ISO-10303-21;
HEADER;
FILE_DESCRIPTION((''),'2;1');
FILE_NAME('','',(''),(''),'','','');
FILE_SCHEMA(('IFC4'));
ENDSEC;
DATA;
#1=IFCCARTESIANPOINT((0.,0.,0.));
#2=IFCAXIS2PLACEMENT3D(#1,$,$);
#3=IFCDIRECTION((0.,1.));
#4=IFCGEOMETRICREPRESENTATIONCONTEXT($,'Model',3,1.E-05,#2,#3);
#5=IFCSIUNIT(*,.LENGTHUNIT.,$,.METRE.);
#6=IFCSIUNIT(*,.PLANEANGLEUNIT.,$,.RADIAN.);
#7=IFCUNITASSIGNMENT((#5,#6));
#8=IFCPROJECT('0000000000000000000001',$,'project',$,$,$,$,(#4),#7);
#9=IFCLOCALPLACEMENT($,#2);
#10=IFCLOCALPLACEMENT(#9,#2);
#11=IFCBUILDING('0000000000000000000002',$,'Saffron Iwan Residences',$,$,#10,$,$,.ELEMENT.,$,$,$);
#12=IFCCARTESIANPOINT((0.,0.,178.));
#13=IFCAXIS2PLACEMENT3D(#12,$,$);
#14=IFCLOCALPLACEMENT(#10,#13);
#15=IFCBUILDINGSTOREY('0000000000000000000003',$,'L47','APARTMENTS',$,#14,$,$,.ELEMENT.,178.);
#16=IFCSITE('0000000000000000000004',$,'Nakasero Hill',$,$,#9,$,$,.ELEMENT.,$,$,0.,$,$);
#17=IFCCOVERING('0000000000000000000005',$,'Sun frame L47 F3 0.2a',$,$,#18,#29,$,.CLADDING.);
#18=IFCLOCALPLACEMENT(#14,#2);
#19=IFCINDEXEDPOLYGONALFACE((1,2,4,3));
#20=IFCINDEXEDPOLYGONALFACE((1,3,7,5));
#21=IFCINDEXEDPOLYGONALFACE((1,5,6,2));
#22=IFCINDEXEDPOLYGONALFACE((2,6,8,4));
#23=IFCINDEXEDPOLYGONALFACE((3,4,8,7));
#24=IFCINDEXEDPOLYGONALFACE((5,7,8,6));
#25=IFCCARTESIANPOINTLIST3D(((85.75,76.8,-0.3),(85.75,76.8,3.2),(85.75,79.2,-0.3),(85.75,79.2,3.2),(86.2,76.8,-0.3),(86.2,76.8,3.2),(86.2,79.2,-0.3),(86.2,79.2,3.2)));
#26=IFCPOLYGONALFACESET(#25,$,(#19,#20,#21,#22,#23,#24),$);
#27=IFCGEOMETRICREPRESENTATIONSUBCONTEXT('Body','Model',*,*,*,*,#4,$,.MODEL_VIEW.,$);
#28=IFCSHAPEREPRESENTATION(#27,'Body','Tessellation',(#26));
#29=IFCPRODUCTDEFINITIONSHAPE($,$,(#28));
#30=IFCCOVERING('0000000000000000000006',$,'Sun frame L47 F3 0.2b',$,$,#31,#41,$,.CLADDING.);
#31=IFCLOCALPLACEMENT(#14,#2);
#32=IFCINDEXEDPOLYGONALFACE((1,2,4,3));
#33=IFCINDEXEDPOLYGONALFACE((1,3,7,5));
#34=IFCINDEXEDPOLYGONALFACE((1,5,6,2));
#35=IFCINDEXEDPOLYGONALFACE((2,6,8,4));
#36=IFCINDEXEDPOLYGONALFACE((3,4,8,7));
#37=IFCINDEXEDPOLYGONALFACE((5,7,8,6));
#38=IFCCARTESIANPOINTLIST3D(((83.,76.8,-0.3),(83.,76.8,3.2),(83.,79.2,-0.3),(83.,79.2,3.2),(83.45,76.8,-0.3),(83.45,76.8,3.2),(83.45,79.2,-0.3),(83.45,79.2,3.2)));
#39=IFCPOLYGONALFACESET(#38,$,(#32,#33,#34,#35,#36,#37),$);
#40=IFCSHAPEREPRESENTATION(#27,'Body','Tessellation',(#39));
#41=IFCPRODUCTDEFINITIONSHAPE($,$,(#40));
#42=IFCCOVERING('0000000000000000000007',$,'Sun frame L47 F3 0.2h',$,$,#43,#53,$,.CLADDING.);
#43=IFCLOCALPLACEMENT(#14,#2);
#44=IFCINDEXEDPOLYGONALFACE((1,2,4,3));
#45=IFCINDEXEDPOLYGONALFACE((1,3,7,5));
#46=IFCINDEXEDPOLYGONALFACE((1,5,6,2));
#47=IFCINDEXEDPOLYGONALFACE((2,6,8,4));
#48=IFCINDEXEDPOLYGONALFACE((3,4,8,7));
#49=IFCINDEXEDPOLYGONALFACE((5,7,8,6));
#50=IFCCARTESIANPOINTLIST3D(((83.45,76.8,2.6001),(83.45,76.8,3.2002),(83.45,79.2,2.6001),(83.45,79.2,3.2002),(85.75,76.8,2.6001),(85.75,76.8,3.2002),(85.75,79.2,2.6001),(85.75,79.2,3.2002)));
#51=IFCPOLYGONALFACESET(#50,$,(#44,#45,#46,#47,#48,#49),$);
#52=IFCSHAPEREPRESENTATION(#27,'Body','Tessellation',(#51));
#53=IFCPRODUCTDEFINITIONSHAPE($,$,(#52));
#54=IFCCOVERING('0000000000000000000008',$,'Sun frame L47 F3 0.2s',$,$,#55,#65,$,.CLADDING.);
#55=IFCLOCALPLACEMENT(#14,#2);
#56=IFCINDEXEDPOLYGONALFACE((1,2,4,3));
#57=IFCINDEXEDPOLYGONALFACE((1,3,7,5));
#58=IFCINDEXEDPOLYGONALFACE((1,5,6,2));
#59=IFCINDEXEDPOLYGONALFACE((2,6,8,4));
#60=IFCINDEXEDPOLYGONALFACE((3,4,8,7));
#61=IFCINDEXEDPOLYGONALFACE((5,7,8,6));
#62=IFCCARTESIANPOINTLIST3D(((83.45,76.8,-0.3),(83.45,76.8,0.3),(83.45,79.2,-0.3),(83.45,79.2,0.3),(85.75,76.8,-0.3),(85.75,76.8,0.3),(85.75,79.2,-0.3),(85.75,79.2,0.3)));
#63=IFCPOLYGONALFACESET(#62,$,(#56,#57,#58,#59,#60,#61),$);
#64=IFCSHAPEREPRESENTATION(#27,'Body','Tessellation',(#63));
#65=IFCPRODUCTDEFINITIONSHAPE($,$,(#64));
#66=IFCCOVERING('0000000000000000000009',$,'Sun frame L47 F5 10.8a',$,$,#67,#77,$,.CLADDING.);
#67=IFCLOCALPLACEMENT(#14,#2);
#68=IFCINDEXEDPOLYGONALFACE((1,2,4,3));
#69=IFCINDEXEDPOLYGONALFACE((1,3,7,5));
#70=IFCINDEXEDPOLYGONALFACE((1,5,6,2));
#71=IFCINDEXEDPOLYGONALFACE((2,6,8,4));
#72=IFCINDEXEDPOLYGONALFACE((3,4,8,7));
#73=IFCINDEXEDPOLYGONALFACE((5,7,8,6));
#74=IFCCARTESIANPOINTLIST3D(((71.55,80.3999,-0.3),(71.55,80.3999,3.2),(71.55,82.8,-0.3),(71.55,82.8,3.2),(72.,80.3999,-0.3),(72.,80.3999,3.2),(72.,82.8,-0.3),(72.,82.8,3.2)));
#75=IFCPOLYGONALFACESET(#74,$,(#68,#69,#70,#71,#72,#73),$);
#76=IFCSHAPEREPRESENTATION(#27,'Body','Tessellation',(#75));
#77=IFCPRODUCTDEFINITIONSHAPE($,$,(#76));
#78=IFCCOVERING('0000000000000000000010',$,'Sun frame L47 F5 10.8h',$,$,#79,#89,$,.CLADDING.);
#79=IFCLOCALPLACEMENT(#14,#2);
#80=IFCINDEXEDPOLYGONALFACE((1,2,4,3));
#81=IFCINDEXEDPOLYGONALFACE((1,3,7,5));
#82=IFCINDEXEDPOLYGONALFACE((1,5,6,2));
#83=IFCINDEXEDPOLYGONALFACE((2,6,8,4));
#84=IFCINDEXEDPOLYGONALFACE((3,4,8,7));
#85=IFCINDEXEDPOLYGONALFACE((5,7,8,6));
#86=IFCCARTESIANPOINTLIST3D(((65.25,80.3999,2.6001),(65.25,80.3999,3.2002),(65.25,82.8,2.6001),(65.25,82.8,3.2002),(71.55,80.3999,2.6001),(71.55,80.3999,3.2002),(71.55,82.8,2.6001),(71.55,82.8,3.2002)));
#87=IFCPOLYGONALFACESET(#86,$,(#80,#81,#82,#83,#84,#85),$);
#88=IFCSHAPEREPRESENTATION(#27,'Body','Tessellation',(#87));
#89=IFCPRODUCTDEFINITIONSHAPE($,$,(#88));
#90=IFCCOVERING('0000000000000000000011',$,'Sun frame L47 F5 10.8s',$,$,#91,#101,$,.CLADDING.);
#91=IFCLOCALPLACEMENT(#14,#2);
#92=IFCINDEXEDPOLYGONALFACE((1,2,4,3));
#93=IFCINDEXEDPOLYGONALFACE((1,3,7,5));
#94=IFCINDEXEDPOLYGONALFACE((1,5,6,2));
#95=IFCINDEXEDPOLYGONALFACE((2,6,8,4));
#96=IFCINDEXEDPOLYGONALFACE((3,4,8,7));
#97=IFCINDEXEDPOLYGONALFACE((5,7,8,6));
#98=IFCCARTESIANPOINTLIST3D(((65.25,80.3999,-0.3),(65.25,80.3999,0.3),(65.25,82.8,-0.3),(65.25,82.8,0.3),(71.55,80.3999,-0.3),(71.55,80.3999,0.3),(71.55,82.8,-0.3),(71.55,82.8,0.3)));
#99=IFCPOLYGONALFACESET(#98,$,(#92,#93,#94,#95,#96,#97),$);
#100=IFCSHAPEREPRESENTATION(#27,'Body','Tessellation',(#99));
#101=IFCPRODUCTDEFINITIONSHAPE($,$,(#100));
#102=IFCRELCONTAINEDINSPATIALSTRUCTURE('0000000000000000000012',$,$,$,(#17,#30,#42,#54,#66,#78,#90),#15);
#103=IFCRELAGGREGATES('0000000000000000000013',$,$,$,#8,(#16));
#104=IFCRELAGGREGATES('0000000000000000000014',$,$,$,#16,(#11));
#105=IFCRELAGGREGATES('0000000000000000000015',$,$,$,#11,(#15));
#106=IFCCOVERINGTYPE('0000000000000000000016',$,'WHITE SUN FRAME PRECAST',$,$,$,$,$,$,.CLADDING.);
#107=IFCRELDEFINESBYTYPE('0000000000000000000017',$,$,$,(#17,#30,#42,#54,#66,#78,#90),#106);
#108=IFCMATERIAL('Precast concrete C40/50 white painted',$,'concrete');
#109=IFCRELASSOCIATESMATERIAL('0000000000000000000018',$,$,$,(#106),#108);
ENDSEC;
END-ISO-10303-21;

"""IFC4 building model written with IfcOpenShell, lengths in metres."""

from ifc_helpers import new_model, si_unit, direction, frame, origin, place, context, subcontext, project, spatial, polyline, outline, extrude, material, type_object, element, save


model = new_model("IFC4")

# Units and contexts
model_context = context("Model", 3, precision=1e-05, world=origin(), true_north=direction((0.0, 1.0)))
body_context = subcontext(model_context, "Body", "Model", "MODEL_VIEW")
ifc_project = project(units=[si_unit("LENGTHUNIT", "METRE"), si_unit("PLANEANGLEUNIT", "RADIAN")], contexts=[model_context])

# Site, building, storey
site_placement = place(None, origin())
site = spatial("IfcSite", under=ifc_project, at=site_placement, Name="Nakasero Hill", CompositionType="ELEMENT", RefElevation=0.0)
building_placement = place(site_placement, origin())
building = spatial("IfcBuilding", under=site, at=building_placement, Name="Saffron Iwan Residences", CompositionType="ELEMENT")
storey_placement = place(building_placement, frame((0.0, 0.0, 178.0)))
storey = spatial("IfcBuildingStorey", under=building, at=storey_placement, Name="L47", Description="APARTMENTS", CompositionType="ELEMENT", Elevation=178.0)

# Coverings
ifc_material_1 = material(Name="Precast concrete C40/50 white painted", Category="concrete")
covering_type_1 = type_object("IfcCoveringType", Name="WHITE SUN FRAME PRECAST", PredefinedType="CLADDING", material=ifc_material_1)
for number, where, z_axis, x_axis, name in (
    (1, (86.2, 76.8, -0.3), (0.0, 1.0, 0.0), (-1.0, 0.0, 0.0), "Sun frame L47 F3 0.2a"),
    (2, (83.45, 76.8, -0.3), (0.0, 1.0, 0.0), (-1.0, 0.0, 0.0), "Sun frame L47 F3 0.2b"),
):
    element("IfcCovering", number, at=place(storey_placement, frame(where, z_axis=z_axis, x_axis=x_axis)), inside=storey, type_object=covering_type_1, Name=name, PredefinedType="CLADDING", context=body_context, shape_type="SweptSolid", body=[
        extrude(outline(polyline([(0.0, 0.0), (0.45, 0.0), (0.45, 3.5), (0.0, 3.5), (0.0, 0.0)])), origin(), (0.0, 0.0, 1.0), 2.3999),
    ])
for number, where, z_axis, x_axis, name in (
    (3, (85.75, 76.8, 2.6001), (0.0, 1.0, 0.0), (-1.0, 0.0, 0.0), "Sun frame L47 F3 0.2h"),
    (4, (85.75, 76.8, -0.3), (0.0, 1.0, 0.0), (-1.0, 0.0, 0.0), "Sun frame L47 F3 0.2s"),
):
    element("IfcCovering", number, at=place(storey_placement, frame(where, z_axis=z_axis, x_axis=x_axis)), inside=storey, type_object=covering_type_1, Name=name, PredefinedType="CLADDING", context=body_context, shape_type="SweptSolid", body=[
        extrude(outline(polyline([(0.0, 0.0), (2.3, 0.0), (2.3, 0.6001), (0.0, 0.6001), (0.0, 0.0)])), origin(), (0.0, 0.0, 1.0), 2.3999),
    ])
covering_1_placement = place(storey_placement, frame((72.0, 80.3999, -0.3), z_axis=(0.0, 1.0, 0.0), x_axis=(-1.0, 0.0, 0.0)))
element("IfcCovering", 5, at=covering_1_placement, inside=storey, type_object=covering_type_1, Name="Sun frame L47 F5 10.8a", PredefinedType="CLADDING", context=body_context, shape_type="SweptSolid", body=[
    extrude(outline(polyline([(0.0, 0.0), (0.45, 0.0), (0.45, 3.5), (0.0, 3.5), (0.0, 0.0)])), origin(), (0.0, 0.0, 1.0), 2.4001),
])
for number, where, z_axis, x_axis, name in (
    (6, (71.55, 80.3999, 2.6001), (0.0, 1.0, 0.0), (-1.0, 0.0, 0.0), "Sun frame L47 F5 10.8h"),
    (7, (71.55, 80.3999, -0.3), (0.0, 1.0, 0.0), (-1.0, 0.0, 0.0), "Sun frame L47 F5 10.8s"),
):
    element("IfcCovering", number, at=place(storey_placement, frame(where, z_axis=z_axis, x_axis=x_axis)), inside=storey, type_object=covering_type_1, Name=name, PredefinedType="CLADDING", context=body_context, shape_type="SweptSolid", body=[
        extrude(outline(polyline([(0.0, 0.0), (6.3, 0.0), (6.3, 0.6001), (0.0, 0.6001), (0.0, 0.0)])), origin(), (0.0, 0.0, 1.0), 2.4001),
    ])

save(model, "model.ifc")
